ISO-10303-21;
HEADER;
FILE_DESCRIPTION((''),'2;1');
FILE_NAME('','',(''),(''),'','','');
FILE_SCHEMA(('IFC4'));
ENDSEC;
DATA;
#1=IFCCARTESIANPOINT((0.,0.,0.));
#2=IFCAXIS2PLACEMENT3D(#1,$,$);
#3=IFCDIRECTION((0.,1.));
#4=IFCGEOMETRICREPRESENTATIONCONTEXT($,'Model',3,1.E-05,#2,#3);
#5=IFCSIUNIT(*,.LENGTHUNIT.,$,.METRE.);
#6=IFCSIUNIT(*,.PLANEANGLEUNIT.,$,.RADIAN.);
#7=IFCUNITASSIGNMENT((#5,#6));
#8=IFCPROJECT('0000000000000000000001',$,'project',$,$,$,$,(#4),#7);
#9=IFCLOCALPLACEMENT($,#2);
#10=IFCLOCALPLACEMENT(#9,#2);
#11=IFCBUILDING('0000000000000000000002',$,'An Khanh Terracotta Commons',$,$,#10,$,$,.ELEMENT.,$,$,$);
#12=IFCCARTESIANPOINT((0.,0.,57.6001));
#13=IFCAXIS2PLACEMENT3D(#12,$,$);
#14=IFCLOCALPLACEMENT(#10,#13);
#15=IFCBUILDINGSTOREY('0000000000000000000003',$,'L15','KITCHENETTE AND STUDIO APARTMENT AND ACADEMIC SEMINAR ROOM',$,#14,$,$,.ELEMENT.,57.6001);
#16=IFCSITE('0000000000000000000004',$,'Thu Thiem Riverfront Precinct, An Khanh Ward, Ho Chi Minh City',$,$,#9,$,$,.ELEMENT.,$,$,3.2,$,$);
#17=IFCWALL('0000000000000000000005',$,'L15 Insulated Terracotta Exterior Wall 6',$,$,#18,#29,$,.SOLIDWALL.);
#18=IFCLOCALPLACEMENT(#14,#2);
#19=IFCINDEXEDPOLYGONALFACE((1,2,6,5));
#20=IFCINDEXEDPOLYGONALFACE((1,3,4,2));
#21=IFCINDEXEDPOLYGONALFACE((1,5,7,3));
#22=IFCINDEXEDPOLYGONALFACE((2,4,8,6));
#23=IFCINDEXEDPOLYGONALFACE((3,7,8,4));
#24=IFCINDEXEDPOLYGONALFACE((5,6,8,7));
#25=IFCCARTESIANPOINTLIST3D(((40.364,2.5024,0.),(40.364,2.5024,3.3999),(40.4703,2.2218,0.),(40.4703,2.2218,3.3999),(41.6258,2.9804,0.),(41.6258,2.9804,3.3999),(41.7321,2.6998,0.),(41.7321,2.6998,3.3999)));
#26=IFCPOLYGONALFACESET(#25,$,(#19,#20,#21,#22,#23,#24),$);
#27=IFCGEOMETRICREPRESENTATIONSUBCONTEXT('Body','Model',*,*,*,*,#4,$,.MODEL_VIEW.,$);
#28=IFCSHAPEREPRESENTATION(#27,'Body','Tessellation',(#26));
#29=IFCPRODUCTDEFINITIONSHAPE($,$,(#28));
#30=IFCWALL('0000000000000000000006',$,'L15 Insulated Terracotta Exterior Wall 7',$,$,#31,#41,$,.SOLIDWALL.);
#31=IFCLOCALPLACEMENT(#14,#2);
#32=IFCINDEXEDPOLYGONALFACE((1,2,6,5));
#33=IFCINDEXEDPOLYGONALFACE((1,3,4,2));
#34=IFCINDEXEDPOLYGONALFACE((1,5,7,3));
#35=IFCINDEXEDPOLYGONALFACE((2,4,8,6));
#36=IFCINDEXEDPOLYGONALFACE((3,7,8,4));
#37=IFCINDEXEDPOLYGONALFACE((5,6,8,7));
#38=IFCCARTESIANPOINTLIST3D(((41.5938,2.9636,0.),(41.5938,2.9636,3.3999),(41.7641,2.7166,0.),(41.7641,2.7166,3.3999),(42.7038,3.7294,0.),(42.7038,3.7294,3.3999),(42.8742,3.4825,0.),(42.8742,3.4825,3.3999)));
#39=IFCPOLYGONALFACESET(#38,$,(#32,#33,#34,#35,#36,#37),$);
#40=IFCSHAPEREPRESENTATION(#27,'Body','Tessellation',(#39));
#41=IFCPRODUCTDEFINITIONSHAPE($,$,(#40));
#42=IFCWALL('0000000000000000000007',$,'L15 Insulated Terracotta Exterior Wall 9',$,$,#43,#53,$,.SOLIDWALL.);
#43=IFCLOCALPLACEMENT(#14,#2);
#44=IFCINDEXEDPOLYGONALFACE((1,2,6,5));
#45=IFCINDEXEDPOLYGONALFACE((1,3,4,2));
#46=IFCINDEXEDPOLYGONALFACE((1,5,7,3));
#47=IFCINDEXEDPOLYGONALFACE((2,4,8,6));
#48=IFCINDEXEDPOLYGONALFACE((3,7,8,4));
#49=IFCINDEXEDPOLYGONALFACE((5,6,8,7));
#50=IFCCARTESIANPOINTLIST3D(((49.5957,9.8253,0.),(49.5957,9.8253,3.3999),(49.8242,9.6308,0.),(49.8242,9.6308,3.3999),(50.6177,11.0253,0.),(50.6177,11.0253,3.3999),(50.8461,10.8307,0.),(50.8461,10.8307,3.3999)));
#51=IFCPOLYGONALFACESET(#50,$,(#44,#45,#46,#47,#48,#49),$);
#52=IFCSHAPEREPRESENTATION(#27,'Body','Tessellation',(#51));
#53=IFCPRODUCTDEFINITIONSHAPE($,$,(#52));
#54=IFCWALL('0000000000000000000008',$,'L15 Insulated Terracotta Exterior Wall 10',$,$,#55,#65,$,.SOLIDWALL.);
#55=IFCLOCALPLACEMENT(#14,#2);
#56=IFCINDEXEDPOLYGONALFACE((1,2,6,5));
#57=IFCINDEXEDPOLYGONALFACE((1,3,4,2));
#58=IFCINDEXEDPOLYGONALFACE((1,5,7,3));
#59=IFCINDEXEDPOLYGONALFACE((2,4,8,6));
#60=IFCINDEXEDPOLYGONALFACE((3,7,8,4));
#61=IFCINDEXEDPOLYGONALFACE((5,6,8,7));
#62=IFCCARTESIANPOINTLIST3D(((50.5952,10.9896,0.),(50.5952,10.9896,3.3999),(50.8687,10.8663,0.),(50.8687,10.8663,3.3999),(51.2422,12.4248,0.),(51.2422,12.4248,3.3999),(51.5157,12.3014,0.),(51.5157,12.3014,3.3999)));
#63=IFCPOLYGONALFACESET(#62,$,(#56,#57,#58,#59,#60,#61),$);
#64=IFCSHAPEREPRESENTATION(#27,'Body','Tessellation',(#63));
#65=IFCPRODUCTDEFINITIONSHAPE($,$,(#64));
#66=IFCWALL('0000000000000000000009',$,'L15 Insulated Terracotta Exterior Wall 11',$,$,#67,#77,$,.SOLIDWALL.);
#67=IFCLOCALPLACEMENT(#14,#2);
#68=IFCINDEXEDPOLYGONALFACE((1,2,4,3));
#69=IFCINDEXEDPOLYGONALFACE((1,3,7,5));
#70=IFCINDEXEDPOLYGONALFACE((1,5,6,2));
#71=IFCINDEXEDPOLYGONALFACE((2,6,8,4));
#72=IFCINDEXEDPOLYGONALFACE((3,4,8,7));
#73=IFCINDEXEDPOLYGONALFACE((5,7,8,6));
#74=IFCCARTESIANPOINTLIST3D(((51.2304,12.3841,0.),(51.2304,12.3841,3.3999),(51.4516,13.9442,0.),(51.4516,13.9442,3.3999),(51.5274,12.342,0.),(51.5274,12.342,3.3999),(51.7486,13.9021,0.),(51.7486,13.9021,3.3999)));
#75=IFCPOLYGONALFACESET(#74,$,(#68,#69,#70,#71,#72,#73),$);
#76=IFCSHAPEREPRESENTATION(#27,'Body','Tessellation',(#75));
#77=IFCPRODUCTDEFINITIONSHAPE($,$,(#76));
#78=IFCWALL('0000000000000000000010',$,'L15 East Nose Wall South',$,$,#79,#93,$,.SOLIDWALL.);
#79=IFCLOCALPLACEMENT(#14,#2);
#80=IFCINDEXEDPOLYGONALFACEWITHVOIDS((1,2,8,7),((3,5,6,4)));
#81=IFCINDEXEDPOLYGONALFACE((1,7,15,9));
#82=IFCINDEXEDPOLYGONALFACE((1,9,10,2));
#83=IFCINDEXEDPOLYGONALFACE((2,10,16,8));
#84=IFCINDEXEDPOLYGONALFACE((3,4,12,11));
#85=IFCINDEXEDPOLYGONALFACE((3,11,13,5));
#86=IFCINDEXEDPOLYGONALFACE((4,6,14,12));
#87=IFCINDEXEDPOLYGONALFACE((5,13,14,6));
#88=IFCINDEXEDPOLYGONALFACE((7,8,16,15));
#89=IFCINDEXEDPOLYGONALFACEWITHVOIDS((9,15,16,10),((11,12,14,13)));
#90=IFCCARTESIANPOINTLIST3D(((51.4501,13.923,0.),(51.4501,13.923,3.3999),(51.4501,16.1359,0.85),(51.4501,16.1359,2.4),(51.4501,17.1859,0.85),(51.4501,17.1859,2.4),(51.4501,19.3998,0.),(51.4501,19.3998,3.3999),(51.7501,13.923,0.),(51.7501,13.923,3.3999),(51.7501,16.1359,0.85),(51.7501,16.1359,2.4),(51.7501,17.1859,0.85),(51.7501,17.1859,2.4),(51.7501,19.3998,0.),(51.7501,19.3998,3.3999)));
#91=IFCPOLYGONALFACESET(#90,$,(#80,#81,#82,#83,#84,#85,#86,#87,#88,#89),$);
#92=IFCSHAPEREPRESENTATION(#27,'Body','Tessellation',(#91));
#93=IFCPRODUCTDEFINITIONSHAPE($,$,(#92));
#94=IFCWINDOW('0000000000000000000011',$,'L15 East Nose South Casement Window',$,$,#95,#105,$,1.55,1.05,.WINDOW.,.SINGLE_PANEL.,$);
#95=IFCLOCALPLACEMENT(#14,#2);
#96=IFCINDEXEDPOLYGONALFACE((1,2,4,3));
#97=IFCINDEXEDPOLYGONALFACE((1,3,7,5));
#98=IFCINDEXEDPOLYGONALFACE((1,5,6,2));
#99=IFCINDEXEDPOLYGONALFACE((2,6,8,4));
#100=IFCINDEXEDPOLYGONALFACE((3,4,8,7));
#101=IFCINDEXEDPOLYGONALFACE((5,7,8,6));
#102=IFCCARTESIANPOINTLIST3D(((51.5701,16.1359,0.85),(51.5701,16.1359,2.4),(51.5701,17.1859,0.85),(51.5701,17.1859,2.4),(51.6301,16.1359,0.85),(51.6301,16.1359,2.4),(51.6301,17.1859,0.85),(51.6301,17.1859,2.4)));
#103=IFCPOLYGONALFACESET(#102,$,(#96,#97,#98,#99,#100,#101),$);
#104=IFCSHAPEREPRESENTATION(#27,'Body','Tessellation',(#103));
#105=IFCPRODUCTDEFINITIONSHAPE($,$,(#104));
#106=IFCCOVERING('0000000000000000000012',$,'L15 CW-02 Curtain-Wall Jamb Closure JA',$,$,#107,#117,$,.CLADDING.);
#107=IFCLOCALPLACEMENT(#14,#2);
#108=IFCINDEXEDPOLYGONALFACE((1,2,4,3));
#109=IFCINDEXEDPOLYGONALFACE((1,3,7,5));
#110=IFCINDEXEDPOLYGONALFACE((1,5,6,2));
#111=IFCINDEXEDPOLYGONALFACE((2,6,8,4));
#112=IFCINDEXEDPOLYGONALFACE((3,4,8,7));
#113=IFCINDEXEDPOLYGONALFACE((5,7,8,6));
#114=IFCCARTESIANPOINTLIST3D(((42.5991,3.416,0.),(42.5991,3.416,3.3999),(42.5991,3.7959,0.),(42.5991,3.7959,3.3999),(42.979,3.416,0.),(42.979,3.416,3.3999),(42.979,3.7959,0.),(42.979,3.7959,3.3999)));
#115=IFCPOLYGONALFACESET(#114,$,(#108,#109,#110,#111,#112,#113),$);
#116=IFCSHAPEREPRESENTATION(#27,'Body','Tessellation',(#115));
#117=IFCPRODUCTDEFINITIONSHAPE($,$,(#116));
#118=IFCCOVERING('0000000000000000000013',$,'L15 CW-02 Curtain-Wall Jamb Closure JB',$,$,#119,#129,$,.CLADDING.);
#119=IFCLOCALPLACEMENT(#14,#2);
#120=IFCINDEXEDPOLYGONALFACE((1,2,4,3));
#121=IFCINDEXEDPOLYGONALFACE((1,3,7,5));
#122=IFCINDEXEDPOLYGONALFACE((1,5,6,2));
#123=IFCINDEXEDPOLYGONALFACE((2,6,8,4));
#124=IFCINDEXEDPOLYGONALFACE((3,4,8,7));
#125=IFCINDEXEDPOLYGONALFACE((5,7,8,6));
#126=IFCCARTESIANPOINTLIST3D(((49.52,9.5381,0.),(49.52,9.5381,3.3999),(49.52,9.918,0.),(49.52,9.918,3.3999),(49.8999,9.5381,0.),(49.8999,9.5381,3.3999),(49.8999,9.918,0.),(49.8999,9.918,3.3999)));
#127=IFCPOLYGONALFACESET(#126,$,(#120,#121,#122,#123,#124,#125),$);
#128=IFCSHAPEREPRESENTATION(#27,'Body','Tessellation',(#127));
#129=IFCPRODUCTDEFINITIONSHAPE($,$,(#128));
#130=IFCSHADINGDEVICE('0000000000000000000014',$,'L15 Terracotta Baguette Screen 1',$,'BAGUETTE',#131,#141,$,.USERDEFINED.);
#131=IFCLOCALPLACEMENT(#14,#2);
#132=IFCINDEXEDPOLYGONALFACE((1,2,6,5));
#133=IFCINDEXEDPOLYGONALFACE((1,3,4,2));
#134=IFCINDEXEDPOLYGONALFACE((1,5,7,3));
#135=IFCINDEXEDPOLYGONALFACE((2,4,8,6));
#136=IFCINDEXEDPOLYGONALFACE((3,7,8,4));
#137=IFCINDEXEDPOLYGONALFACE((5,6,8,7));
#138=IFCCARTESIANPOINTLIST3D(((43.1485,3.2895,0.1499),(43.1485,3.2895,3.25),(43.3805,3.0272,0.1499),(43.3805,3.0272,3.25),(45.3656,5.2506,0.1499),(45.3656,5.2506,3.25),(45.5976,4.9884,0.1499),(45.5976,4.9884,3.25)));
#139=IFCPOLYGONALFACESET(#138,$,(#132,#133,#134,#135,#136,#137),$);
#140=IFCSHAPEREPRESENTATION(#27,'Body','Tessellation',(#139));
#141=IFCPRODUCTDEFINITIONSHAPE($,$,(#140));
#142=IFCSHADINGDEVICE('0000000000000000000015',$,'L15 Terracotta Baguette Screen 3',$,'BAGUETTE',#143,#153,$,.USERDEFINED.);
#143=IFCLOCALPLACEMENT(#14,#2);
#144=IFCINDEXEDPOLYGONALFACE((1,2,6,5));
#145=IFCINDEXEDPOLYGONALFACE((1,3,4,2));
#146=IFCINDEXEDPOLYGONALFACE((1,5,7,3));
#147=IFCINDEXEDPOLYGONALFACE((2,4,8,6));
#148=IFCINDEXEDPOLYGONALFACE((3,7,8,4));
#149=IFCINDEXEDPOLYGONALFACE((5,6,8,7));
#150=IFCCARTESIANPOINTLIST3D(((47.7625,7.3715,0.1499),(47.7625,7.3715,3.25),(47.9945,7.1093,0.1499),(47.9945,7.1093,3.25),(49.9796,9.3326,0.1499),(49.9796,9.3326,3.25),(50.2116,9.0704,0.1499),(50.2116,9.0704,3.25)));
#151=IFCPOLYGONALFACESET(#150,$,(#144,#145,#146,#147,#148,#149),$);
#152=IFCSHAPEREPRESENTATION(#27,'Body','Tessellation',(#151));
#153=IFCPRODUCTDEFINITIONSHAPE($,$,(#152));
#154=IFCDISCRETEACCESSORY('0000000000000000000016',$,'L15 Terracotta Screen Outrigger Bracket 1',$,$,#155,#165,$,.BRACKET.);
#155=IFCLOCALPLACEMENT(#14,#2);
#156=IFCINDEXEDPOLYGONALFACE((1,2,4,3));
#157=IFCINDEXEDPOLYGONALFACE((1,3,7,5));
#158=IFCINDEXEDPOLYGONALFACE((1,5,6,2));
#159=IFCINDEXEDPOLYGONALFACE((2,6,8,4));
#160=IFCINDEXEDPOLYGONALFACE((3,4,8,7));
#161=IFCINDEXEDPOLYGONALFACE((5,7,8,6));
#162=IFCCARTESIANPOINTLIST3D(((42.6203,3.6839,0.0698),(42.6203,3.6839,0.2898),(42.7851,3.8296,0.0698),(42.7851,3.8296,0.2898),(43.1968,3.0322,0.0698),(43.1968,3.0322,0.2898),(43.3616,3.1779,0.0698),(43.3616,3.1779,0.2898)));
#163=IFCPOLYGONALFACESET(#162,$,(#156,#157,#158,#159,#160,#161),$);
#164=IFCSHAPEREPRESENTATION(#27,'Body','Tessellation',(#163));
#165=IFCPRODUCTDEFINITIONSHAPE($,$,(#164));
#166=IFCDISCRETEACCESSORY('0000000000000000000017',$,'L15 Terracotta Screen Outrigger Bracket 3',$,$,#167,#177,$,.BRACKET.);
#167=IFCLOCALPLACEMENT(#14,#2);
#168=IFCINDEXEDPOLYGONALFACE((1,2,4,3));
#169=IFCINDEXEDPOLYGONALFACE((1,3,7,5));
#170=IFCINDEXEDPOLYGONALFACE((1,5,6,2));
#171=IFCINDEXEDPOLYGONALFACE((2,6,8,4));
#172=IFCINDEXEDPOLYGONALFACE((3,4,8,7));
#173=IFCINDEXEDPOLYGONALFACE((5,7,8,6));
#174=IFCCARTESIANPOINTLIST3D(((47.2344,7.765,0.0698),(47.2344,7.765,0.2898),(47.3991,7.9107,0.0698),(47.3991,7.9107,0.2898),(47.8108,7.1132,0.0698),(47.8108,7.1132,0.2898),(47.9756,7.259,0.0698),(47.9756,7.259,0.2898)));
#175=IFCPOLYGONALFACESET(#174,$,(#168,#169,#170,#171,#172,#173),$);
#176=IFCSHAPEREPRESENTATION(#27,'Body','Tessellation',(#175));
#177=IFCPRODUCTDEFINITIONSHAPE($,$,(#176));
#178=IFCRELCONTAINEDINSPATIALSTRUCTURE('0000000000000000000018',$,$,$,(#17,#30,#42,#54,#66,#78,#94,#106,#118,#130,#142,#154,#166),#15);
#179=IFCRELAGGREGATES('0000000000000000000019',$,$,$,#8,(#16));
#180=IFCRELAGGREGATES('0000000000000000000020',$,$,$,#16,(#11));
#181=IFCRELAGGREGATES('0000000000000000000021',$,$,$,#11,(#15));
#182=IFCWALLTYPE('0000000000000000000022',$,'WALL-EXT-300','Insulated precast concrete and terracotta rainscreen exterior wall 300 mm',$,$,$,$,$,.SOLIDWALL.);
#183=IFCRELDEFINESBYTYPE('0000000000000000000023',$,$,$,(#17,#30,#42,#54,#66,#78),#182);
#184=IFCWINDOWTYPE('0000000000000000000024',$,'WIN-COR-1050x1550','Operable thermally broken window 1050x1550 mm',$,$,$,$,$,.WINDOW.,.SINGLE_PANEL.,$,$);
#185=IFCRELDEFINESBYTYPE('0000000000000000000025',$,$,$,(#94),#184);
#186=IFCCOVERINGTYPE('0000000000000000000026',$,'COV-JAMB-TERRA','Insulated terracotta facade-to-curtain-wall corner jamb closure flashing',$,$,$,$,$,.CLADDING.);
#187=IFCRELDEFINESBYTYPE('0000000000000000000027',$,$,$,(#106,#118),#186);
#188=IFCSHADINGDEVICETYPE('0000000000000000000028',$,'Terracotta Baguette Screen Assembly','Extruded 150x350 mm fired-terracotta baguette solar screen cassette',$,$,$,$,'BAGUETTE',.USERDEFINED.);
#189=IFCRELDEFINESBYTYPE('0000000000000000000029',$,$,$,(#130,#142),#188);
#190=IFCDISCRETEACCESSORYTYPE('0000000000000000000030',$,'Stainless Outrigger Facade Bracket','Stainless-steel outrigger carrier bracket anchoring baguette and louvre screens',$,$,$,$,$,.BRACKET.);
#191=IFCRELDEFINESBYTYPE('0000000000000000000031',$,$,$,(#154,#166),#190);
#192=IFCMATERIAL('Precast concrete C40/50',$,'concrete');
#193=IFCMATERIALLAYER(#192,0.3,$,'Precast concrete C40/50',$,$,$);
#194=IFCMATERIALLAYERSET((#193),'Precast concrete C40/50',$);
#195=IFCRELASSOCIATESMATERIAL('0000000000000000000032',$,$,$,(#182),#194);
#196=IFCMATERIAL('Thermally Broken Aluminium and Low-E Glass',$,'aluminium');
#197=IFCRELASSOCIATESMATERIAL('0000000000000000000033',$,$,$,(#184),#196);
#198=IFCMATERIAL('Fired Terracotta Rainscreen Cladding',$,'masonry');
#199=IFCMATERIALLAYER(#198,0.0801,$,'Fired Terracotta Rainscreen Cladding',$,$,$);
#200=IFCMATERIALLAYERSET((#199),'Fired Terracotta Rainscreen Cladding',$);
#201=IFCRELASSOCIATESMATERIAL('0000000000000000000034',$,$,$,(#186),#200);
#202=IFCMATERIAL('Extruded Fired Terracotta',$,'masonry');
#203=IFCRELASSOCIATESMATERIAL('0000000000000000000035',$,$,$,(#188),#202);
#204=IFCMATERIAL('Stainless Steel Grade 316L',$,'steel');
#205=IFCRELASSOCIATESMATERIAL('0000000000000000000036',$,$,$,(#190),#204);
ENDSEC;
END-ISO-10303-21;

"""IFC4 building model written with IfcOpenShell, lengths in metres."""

from ifc_helpers import new_model, si_unit, direction, frame, frame_2d, origin, origin_2d, place, context, subcontext, project, spatial, rectangle, extrude, material, layer, layer_set, type_object, element, fill, save


model = new_model("IFC4")

# Units and contexts
model_context = context("Model", 3, precision=1e-05, world=origin(), true_north=direction((0.0, 1.0)))
body_context = subcontext(model_context, "Body", "Model", "MODEL_VIEW")
ifc_project = project(units=[si_unit("LENGTHUNIT", "METRE"), si_unit("PLANEANGLEUNIT", "RADIAN")], contexts=[model_context])

# Site, building, storey
site_placement = place(None, origin())
site = spatial("IfcSite", under=ifc_project, at=site_placement, Name="Thu Thiem Riverfront Precinct, An Khanh Ward, Ho Chi Minh City", CompositionType="ELEMENT", RefElevation=3.2)
building_placement = place(site_placement, origin())
building = spatial("IfcBuilding", under=site, at=building_placement, Name="An Khanh Terracotta Commons", CompositionType="ELEMENT")
storey_placement = place(building_placement, frame((0.0, 0.0, 57.6001)))
storey = spatial("IfcBuildingStorey", under=building, at=storey_placement, Name="L15", Description="KITCHENETTE AND STUDIO APARTMENT AND ACADEMIC SEMINAR ROOM", CompositionType="ELEMENT", Elevation=57.6001)

# Walls
ifc_material_1 = material(Name="Precast concrete C40/50", Category="concrete")
ifc_layer_1 = layer(ifc_material_1, 0.3, Name="Precast concrete C40/50")
ifc_layer_set_1 = layer_set([ifc_layer_1], Name="Precast concrete C40/50")
wall_type_1 = type_object("IfcWallType", Name="WALL-EXT-300", Description="Insulated precast concrete and terracotta rainscreen exterior wall 300 mm", PredefinedType="SOLIDWALL", material=ifc_layer_set_1)
wall_1_placement = place(storey_placement, frame((40.417, 2.3621, 0.0), z_axis=(0.0, 0.0, 1.0), x_axis=(0.935157, 0.354234, 0.0)))
element("IfcWall", 1, at=wall_1_placement, inside=storey, type_object=wall_type_1, Name="L15 Insulated Terracotta Exterior Wall 6", PredefinedType="SOLIDWALL", context=body_context, shape_type="SweptSolid", body=[
    extrude(rectangle(XDim=1.3494, YDim=0.3, at=frame_2d((0.6748, 0.0))), origin(), (0.0, 0.0, 1.0), 3.3999),
])
wall_2_placement = place(storey_placement, frame((41.679, 2.8401, 0.0), z_axis=(0.0, 0.0, 1.0), x_axis=(0.823117, 0.567873, 0.0)))
element("IfcWall", 2, at=wall_2_placement, inside=storey, type_object=wall_type_1, Name="L15 Insulated Terracotta Exterior Wall 7", PredefinedType="SOLIDWALL", context=body_context, shape_type="SweptSolid", body=[
    extrude(rectangle(XDim=1.3486, YDim=0.3, at=frame_2d((0.6743, 0.0))), origin(), (0.0, 0.0, 1.0), 3.3999),
])
wall_3_placement = place(storey_placement, frame((49.71, 9.728, 0.0), z_axis=(0.0, 0.0, 1.0), x_axis=(0.64839, 0.761308, 0.0)))
element("IfcWall", 3, at=wall_3_placement, inside=storey, type_object=wall_type_1, Name="L15 Insulated Terracotta Exterior Wall 9", PredefinedType="SOLIDWALL", context=body_context, shape_type="SweptSolid", body=[
    extrude(rectangle(XDim=1.5762, YDim=0.3, at=frame_2d((0.7881, 0.0))), origin(), (0.0, 0.0, 1.0), 3.3999),
])
wall_4_placement = place(storey_placement, frame((50.7319, 10.928, 0.0), z_axis=(0.0, 0.0, 1.0), x_axis=(0.410997, 0.911637, 0.0)))
element("IfcWall", 4, at=wall_4_placement, inside=storey, type_object=wall_type_1, Name="L15 Insulated Terracotta Exterior Wall 10", PredefinedType="SOLIDWALL", context=body_context, shape_type="SweptSolid", body=[
    extrude(rectangle(XDim=1.5742, YDim=0.3, at=frame_2d((0.7871, 0.0))), origin(), (0.0, 0.0, 1.0), 3.3999),
])
wall_5_placement = place(storey_placement, frame((51.3789, 12.363, 0.0), z_axis=(0.0, 0.0, 1.0), x_axis=(0.14038, 0.990098, 0.0)))
element("IfcWall", 5, at=wall_5_placement, inside=storey, type_object=wall_type_1, Name="L15 Insulated Terracotta Exterior Wall 11", PredefinedType="SOLIDWALL", context=body_context, shape_type="SweptSolid", body=[
    extrude(rectangle(XDim=1.5757, YDim=0.3, at=frame_2d((0.7878, 0.0))), origin(), (0.0, 0.0, 1.0), 3.3999),
])

# Wall, opening, window
wall_6_placement = place(storey_placement, frame((51.6001, 13.9231, 0.0), z_axis=(0.0, 0.0, 1.0), x_axis=(0.0, 1.0, 0.0)))
wall_6 = element("IfcWall", 6, at=wall_6_placement, inside=storey, type_object=wall_type_1, Name="L15 East Nose Wall South", PredefinedType="SOLIDWALL", context=body_context, shape_type="SweptSolid", body=[
    extrude(rectangle(XDim=5.4768, YDim=0.3, at=frame_2d((2.7383, 0.0))), origin(), (0.0, 0.0, 1.0), 3.3999),
])
opening_1_placement = place(wall_6_placement, frame((2.2129, 0.0, 0.8501)))
opening_1 = element("IfcOpeningElement", 7, at=opening_1_placement, cuts=wall_6, PredefinedType="OPENING", context=body_context, shape_type="SweptSolid", body=[
    extrude(rectangle(XDim=1.05, YDim=1.55, at=frame_2d((0.5249, 0.7749))), frame((0.0, 0.1599, 0.0), z_axis=(0.0, -1.0, 0.0), x_axis=(1.0, 0.0, 0.0)), (0.0, 0.0, 1.0), 0.3201),
])
ifc_material_2 = material(Name="Thermally Broken Aluminium and Low-E Glass", Category="aluminium")
window_type = type_object("IfcWindowType", Name="WIN-COR-1050x1550", Description="Operable thermally broken window 1050x1550 mm", PartitioningType="SINGLE_PANEL", PredefinedType="WINDOW", material=ifc_material_2)
window_placement = place(opening_1_placement, origin())
window = element("IfcWindow", 8, at=window_placement, inside=storey, type_object=window_type, Name="L15 East Nose South Casement Window", OverallHeight=1.55, OverallWidth=1.05, PartitioningType="SINGLE_PANEL", PredefinedType="WINDOW", context=body_context, shape_type="SweptSolid", body=[
    extrude(rectangle(XDim=1.05, YDim=1.55, at=frame_2d((0.5249, 0.7749))), frame((0.0, 0.03, 0.0), z_axis=(0.0, -1.0, 0.0), x_axis=(1.0, 0.0, 0.0)), (0.0, 0.0, 1.0), 0.0601),
])
fill(opening_1, window)

# Coverings
ifc_material_3 = material(Name="Fired Terracotta Rainscreen Cladding", Category="masonry")
ifc_layer_2 = layer(ifc_material_3, 0.0801, Name="Fired Terracotta Rainscreen Cladding")
ifc_layer_set_2 = layer_set([ifc_layer_2], Name="Fired Terracotta Rainscreen Cladding")
covering_type = type_object("IfcCoveringType", Name="COV-JAMB-TERRA", Description="Insulated terracotta facade-to-curtain-wall corner jamb closure flashing", PredefinedType="CLADDING", material=ifc_layer_set_2)
for number, where, z_axis, x_axis, name in (
    (9, (42.7891, 3.606, 0.0), (0.0, 0.0, 1.0), (1.0, 0.0, 0.0), "L15 CW-02 Curtain-Wall Jamb Closure JA"),
    (10, (49.71, 9.728, 0.0), (0.0, 0.0, 1.0), (1.0, 0.0, 0.0), "L15 CW-02 Curtain-Wall Jamb Closure JB"),
):
    element("IfcCovering", number, at=place(storey_placement, frame(where, z_axis=z_axis, x_axis=x_axis)), inside=storey, type_object=covering_type, Name=name, PredefinedType="CLADDING", context=body_context, shape_type="SweptSolid", body=[
        extrude(rectangle(XDim=0.3799, YDim=0.3799, at=origin_2d()), origin(), (0.0, 0.0, 1.0), 3.3999),
    ])

# Shading devices
ifc_material_4 = material(Name="Extruded Fired Terracotta", Category="masonry")
shading_device_type = type_object("IfcShadingDeviceType", Name="Terracotta Baguette Screen Assembly", Description="Extruded 150x350 mm fired-terracotta baguette solar screen cassette", ElementType="BAGUETTE", PredefinedType="USERDEFINED", material=ifc_material_4)
for number, where, z_axis, x_axis, name in (
    (11, (44.373, 4.1389, 0.1499), (0.0, 0.0, 1.0), (0.749019, 0.662548, 0.0), "L15 Terracotta Baguette Screen 1"),
    (12, (48.9871, 8.2209, 0.1499), (0.0, 0.0, 1.0), (0.749019, 0.662548, 0.0), "L15 Terracotta Baguette Screen 3"),
):
    element("IfcShadingDevice", number, at=place(storey_placement, frame(where, z_axis=z_axis, x_axis=x_axis)), inside=storey, type_object=shading_device_type, Name=name, ObjectType="BAGUETTE", PredefinedType="USERDEFINED", context=body_context, shape_type="SweptSolid", body=[
        extrude(rectangle(XDim=2.96, YDim=0.3501, at=origin_2d()), origin(), (0.0, 0.0, 1.0), 3.1001),
    ])

# Discrete accessories
ifc_material_5 = material(Name="Stainless Steel Grade 316L", Category="steel")
discrete_accessory_type = type_object("IfcDiscreteAccessoryType", Name="Stainless Outrigger Facade Bracket", Description="Stainless-steel outrigger carrier bracket anchoring baguette and louvre screens", PredefinedType="BRACKET", material=ifc_material_5)
for number, where, z_axis, x_axis, name in (
    (13, (42.991, 3.4309, 0.0698), (0.0, 0.0, 1.0), (0.749019, 0.662548, 0.0), "L15 Terracotta Screen Outrigger Bracket 1"),
    (14, (47.605, 7.512, 0.0698), (0.0, 0.0, 1.0), (0.749019, 0.662548, 0.0), "L15 Terracotta Screen Outrigger Bracket 3"),
):
    element("IfcDiscreteAccessory", number, at=place(storey_placement, frame(where, z_axis=z_axis, x_axis=x_axis)), inside=storey, type_object=discrete_accessory_type, Name=name, PredefinedType="BRACKET", context=body_context, shape_type="SweptSolid", body=[
        extrude(rectangle(XDim=0.22, YDim=0.8701, at=origin_2d()), origin(), (0.0, 0.0, 1.0), 0.22),
    ])

save(model, "model.ifc")
